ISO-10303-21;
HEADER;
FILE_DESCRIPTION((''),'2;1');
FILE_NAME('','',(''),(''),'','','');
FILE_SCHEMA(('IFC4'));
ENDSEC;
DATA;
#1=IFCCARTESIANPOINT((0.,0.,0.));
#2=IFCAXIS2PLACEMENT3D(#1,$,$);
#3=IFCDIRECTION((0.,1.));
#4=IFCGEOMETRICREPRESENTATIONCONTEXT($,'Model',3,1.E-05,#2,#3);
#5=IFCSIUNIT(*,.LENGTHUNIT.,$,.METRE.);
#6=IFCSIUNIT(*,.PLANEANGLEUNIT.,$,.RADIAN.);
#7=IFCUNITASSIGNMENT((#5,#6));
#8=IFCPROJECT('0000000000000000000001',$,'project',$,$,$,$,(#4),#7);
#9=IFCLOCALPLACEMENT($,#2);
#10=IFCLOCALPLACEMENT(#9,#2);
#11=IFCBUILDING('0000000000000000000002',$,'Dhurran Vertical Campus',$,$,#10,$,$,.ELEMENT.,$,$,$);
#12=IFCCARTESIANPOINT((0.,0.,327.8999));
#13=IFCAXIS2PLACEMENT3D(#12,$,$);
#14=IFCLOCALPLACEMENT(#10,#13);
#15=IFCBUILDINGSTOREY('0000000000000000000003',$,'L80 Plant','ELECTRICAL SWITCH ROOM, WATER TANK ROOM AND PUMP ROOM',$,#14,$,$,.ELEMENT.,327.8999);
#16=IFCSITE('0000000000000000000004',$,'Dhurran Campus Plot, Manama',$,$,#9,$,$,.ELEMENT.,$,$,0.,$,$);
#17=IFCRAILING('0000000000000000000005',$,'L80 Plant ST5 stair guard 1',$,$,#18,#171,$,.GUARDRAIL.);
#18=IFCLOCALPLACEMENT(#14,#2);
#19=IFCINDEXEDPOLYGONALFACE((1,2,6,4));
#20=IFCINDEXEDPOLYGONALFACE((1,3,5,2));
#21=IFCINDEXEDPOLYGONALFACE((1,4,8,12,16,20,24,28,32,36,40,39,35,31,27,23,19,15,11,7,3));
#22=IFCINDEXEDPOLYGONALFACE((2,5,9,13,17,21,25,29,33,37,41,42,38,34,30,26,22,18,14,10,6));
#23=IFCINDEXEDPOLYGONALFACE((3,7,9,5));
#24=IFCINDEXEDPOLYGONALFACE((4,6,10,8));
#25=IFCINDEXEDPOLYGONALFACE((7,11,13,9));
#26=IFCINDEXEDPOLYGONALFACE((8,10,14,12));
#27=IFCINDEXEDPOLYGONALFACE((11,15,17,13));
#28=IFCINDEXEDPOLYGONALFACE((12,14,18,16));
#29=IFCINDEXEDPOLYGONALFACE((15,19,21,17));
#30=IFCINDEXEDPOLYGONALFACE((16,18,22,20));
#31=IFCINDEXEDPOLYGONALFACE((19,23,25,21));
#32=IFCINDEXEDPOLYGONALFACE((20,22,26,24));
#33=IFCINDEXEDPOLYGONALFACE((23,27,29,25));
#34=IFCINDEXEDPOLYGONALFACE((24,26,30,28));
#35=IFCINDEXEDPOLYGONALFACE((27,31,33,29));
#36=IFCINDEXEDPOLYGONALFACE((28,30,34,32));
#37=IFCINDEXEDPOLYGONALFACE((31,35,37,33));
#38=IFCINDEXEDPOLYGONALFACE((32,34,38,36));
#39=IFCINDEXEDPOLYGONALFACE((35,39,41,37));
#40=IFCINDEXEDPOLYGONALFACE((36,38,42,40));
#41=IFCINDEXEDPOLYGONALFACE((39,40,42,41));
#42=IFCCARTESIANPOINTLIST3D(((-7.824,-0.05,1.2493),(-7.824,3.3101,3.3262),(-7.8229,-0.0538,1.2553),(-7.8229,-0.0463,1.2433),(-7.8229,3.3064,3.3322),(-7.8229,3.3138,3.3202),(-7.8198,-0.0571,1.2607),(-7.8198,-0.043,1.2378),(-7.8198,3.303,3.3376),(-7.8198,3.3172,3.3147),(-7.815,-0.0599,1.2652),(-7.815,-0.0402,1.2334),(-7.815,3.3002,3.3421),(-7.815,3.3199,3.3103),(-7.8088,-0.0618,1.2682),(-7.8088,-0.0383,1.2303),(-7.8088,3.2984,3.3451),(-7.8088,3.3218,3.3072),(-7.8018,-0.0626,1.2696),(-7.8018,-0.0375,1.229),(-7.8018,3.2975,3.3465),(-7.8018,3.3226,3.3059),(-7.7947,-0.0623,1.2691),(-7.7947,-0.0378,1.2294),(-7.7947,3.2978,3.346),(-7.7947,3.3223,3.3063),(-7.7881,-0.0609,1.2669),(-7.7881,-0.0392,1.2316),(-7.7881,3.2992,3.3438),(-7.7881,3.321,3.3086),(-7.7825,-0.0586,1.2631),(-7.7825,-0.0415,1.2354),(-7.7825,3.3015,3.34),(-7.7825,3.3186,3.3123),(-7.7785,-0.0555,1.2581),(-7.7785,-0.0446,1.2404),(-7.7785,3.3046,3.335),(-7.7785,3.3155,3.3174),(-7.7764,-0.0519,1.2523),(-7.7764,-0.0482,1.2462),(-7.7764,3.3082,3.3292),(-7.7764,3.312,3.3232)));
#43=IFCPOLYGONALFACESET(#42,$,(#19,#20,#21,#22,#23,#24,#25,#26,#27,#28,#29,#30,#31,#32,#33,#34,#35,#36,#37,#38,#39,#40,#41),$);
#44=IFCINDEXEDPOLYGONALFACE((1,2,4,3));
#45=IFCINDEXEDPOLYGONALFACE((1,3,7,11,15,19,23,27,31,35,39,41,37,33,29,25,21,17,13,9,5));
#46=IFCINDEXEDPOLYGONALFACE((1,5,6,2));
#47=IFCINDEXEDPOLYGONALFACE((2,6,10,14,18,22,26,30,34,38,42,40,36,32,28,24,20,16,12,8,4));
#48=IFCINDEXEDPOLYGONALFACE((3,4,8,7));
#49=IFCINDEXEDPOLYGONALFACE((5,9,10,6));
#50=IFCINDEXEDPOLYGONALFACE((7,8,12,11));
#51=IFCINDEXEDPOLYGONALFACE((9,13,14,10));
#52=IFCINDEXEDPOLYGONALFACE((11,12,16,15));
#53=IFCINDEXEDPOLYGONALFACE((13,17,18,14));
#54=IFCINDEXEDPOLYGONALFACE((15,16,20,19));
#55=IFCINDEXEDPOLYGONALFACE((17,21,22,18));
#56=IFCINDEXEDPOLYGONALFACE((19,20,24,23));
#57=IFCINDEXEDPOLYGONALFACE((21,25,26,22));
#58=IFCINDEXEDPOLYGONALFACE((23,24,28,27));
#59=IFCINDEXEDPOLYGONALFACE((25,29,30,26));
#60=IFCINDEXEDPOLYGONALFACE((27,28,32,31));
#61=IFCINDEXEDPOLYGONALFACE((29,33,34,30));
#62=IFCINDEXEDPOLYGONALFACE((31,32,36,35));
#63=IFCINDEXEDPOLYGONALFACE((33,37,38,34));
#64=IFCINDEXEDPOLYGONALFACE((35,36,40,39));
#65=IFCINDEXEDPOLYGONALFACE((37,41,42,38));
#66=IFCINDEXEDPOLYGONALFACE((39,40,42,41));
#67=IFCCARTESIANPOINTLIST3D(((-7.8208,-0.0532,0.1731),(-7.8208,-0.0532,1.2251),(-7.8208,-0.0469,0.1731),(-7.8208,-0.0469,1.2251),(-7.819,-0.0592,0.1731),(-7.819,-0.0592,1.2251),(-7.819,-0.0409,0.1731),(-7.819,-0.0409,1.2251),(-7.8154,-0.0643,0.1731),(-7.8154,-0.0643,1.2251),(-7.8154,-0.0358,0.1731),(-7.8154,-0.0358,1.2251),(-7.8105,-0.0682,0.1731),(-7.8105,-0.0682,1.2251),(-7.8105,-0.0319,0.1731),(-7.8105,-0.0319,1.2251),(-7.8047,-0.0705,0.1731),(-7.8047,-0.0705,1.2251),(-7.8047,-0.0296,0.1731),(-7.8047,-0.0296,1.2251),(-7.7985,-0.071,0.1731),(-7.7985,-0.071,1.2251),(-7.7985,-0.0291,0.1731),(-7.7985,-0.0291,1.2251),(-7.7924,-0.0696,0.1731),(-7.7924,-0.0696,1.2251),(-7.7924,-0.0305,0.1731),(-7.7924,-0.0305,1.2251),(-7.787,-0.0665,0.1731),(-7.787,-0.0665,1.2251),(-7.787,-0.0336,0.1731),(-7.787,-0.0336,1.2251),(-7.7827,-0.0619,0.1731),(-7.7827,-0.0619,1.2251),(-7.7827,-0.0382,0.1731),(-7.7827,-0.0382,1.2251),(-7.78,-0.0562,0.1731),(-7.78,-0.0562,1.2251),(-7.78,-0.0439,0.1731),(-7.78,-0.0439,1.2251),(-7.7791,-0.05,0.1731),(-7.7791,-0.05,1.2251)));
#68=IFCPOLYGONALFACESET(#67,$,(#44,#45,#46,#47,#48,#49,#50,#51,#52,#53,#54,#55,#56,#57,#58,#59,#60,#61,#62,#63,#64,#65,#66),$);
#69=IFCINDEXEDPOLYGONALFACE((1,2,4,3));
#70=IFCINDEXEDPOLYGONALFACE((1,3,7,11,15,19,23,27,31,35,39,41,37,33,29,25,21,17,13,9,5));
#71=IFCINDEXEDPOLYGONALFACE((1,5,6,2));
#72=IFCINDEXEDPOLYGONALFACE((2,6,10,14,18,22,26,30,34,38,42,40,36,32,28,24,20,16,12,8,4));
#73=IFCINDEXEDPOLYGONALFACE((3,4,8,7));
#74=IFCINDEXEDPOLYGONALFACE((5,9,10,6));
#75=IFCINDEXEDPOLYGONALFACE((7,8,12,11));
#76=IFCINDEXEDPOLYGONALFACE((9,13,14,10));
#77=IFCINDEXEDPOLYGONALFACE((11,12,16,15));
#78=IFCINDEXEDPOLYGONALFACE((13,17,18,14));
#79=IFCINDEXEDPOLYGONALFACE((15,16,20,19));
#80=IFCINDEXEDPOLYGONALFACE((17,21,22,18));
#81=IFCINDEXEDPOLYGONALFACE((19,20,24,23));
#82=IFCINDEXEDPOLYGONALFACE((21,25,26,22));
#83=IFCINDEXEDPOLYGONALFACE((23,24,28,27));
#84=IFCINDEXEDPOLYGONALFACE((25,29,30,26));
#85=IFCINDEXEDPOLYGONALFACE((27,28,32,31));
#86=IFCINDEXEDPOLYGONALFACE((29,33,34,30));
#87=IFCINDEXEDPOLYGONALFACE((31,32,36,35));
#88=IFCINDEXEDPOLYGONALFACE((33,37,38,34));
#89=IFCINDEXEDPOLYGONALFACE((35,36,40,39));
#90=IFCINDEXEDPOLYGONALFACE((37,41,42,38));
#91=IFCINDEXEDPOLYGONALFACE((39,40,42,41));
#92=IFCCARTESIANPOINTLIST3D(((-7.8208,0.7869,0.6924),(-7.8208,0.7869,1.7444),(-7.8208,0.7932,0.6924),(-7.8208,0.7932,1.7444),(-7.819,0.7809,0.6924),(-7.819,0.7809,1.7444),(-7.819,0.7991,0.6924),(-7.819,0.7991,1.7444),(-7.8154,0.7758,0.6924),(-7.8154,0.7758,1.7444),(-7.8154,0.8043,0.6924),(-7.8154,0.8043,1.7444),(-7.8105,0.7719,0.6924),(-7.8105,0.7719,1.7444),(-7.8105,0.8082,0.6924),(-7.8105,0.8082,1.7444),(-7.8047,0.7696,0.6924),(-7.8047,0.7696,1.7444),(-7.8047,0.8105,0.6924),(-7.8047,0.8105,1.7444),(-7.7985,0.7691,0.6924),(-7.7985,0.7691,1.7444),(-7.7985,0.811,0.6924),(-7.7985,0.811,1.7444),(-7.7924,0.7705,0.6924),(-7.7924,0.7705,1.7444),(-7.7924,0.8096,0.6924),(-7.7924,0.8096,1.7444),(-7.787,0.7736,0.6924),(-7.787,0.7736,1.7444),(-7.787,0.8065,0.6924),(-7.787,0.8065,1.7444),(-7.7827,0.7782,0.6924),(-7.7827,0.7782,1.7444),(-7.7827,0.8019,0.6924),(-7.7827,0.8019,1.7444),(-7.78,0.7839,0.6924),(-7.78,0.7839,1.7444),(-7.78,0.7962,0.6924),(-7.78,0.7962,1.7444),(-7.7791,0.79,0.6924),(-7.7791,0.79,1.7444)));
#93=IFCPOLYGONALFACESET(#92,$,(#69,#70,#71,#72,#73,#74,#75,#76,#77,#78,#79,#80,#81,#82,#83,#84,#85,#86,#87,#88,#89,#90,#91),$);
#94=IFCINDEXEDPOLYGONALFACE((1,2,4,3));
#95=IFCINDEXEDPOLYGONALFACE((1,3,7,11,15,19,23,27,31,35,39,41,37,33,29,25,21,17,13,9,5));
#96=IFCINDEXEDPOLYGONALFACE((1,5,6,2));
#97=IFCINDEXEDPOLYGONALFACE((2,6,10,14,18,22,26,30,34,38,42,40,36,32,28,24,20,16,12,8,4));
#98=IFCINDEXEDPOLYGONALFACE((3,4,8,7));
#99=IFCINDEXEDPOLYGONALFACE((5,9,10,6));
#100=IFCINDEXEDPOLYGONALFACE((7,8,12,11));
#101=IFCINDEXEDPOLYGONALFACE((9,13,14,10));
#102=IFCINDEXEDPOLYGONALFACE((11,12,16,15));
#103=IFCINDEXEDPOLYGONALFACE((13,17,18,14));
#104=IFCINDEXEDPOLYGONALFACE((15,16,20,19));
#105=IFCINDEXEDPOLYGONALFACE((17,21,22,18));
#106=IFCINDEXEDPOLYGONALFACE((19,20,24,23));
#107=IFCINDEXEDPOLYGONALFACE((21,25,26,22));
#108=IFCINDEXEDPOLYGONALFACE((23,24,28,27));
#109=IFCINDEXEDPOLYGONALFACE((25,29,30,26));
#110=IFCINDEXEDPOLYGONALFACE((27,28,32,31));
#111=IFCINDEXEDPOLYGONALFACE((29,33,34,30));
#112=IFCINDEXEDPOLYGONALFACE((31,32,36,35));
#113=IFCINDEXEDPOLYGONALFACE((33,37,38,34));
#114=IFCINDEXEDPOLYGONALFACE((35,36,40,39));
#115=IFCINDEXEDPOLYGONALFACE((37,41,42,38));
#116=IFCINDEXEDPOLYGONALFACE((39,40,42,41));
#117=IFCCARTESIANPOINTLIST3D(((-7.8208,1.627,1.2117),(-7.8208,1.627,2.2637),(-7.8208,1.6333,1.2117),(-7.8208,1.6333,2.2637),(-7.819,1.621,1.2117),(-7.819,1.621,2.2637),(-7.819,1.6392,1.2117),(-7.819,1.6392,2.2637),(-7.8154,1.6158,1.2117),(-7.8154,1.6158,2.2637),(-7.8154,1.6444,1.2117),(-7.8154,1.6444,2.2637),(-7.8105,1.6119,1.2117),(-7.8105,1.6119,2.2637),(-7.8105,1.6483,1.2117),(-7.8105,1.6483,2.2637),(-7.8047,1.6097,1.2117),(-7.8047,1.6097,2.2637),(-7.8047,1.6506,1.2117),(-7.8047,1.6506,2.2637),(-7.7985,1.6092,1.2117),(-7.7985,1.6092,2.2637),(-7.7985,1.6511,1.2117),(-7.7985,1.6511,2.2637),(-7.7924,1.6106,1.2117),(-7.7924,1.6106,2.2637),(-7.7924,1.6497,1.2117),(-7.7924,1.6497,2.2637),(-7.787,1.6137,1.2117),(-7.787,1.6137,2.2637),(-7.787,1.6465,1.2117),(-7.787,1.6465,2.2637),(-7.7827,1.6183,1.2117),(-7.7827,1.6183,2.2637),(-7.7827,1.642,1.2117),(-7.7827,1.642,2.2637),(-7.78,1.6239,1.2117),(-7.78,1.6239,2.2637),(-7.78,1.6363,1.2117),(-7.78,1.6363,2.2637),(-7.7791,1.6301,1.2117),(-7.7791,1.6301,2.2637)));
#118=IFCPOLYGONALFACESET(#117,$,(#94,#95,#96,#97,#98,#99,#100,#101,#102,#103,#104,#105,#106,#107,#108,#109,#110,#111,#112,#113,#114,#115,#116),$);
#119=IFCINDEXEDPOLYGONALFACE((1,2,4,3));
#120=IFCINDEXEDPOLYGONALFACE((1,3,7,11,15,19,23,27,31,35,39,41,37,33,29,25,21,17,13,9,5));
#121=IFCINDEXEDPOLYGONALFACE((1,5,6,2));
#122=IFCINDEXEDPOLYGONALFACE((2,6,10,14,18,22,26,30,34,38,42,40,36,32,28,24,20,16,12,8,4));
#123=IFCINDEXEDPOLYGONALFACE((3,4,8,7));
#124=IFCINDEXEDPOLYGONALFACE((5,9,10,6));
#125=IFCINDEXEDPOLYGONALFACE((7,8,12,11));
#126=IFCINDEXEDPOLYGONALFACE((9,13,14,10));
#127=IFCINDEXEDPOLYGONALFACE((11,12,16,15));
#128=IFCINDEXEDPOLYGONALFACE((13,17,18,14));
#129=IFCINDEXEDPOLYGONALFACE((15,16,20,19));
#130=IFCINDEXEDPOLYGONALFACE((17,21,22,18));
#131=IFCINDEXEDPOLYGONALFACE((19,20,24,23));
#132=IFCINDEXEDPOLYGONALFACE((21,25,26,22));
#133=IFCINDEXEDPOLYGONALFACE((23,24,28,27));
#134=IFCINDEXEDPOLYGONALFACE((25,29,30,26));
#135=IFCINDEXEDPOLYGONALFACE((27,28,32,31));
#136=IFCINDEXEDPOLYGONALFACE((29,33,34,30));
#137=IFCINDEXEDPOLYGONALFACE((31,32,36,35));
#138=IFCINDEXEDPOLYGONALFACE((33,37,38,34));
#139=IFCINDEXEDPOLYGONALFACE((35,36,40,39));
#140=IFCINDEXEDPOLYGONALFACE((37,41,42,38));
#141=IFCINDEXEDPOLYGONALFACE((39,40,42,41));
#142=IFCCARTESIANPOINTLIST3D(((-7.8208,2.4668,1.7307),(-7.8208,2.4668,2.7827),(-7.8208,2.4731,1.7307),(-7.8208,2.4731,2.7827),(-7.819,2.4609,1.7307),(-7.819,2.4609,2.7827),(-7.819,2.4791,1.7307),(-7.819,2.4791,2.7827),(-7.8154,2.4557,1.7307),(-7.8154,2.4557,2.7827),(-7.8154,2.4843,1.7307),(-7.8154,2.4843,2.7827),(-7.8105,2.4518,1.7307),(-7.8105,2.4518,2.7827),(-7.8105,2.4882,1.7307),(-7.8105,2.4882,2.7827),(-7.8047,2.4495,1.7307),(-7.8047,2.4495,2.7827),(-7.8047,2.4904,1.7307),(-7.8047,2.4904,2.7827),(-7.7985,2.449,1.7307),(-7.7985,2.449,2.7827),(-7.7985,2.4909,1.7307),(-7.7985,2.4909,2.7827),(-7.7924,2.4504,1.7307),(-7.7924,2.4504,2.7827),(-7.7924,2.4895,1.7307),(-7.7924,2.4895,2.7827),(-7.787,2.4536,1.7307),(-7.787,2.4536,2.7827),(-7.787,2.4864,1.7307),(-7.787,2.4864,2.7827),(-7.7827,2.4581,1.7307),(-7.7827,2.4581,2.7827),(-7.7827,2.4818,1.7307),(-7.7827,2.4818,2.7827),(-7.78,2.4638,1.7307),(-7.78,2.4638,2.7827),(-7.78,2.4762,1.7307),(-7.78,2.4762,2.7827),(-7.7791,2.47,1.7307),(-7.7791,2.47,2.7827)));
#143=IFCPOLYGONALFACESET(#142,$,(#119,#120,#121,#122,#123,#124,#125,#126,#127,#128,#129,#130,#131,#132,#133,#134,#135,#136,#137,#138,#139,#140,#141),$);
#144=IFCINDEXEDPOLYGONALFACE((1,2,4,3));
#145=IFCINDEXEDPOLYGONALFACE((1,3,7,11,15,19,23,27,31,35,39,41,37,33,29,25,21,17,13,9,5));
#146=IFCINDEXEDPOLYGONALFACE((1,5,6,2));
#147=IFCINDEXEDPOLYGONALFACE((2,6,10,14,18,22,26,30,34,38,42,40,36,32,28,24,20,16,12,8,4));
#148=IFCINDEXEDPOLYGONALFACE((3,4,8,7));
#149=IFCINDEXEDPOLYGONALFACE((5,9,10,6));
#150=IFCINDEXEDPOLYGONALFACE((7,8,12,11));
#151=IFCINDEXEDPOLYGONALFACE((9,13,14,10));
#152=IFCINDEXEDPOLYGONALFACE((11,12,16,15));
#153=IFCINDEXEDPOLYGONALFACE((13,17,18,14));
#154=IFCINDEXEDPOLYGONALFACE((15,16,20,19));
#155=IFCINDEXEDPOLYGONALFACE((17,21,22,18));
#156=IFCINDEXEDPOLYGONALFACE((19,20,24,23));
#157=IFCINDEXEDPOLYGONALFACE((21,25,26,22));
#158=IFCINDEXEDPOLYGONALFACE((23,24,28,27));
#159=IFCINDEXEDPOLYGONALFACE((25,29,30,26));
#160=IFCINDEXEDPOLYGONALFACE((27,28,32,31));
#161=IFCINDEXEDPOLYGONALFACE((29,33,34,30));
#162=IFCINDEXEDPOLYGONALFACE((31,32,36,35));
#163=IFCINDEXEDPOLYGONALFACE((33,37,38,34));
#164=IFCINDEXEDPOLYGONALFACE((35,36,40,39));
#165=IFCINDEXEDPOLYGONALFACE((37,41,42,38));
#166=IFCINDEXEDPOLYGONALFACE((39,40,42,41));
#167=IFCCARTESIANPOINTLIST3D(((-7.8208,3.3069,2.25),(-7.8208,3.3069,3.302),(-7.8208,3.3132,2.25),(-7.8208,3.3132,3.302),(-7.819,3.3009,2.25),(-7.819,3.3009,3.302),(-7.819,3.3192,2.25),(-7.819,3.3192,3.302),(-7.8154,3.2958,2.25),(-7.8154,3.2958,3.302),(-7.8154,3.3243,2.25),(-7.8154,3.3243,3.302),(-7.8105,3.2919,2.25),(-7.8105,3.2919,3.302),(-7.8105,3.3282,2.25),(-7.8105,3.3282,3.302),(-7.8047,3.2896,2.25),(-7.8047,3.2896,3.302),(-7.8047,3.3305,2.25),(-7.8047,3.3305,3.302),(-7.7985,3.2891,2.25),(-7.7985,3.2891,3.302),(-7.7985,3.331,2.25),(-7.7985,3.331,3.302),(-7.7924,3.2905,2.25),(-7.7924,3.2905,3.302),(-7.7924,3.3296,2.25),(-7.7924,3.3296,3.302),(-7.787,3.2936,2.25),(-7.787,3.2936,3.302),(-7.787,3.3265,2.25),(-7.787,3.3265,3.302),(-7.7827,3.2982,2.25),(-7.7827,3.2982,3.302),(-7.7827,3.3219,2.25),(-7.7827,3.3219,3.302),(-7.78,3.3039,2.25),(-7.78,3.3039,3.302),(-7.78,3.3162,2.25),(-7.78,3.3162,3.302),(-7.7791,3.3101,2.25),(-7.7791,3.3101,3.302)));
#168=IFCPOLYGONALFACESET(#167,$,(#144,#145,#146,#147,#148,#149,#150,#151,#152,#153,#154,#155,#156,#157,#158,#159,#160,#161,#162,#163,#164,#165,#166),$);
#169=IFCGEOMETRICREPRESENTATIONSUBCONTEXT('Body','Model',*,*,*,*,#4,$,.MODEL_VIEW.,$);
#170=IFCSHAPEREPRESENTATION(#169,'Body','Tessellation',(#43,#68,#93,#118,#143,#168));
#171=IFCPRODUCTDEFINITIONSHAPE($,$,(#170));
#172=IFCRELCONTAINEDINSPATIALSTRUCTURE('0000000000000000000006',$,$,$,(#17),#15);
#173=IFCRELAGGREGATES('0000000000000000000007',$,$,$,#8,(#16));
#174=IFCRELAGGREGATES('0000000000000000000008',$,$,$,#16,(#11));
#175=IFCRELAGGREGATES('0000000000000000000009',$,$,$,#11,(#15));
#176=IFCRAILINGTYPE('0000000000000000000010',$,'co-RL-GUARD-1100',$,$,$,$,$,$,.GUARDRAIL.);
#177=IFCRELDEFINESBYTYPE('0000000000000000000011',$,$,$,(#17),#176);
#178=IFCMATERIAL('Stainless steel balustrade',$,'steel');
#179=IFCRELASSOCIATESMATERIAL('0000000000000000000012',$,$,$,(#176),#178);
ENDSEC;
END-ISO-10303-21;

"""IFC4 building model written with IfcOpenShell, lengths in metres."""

from ifc_helpers import new_model, si_unit, direction, frame, origin, origin_2d, place, context, subcontext, project, spatial, circle, extrude, material, type_object, element, save


model = new_model("IFC4")

# Units and contexts
model_context = context("Model", 3, precision=1e-05, world=origin(), true_north=direction((0.0, 1.0)))
body_context = subcontext(model_context, "Body", "Model", "MODEL_VIEW")
ifc_project = project(units=[si_unit("LENGTHUNIT", "METRE"), si_unit("PLANEANGLEUNIT", "RADIAN")], contexts=[model_context])

# Site, building, storey
site_placement = place(None, origin())
site = spatial("IfcSite", under=ifc_project, at=site_placement, Name="Dhurran Campus Plot, Manama", CompositionType="ELEMENT", RefElevation=0.0)
building_placement = place(site_placement, origin())
building = spatial("IfcBuilding", under=site, at=building_placement, Name="Dhurran Vertical Campus", CompositionType="ELEMENT")
storey_placement = place(building_placement, frame((0.0, 0.0, 327.8999)))
storey = spatial("IfcBuildingStorey", under=building, at=storey_placement, Name="L80 Plant", Description="ELECTRICAL SWITCH ROOM, WATER TANK ROOM AND PUMP ROOM", CompositionType="ELEMENT", Elevation=327.8999)

# Railing
ifc_material_1 = material(Name="Stainless steel balustrade", Category="steel")
railing_type_1 = type_object("IfcRailingType", Name="co-RL-GUARD-1100", PredefinedType="GUARDRAIL", material=ifc_material_1)
railing_1_placement = place(storey_placement, frame((-7.8, -0.05, 0.1731)))
element("IfcRailing", 1, at=railing_1_placement, inside=storey, type_object=railing_type_1, Name="L80 Plant ST5 stair guard 1", PredefinedType="GUARDRAIL", context=body_context, shape_type="SweptSolid", body=[
    extrude(circle(Radius=0.0239, at=origin_2d()), frame((0.0, 0.0, 1.0762), z_axis=(0.0, 0.850623, 0.525776), x_axis=(-1.0, 0.0, 0.0)), (0.0, 0.0, 1.0), 3.9502),
    extrude(circle(Radius=0.021, at=origin_2d()), origin(), (0.0, 0.0, 1.0), 1.052),
    extrude(circle(Radius=0.021, at=origin_2d()), frame((0.0, 0.8401, 0.5193)), (0.0, 0.0, 1.0), 1.052),
    extrude(circle(Radius=0.021, at=origin_2d()), frame((0.0, 1.6802, 1.0386)), (0.0, 0.0, 1.0), 1.052),
    extrude(circle(Radius=0.021, at=origin_2d()), frame((0.0, 2.52, 1.5576)), (0.0, 0.0, 1.0), 1.052),
    extrude(circle(Radius=0.021, at=origin_2d()), frame((0.0, 3.3601, 2.0769)), (0.0, 0.0, 1.0), 1.052),
])

save(model, "model.ifc")
